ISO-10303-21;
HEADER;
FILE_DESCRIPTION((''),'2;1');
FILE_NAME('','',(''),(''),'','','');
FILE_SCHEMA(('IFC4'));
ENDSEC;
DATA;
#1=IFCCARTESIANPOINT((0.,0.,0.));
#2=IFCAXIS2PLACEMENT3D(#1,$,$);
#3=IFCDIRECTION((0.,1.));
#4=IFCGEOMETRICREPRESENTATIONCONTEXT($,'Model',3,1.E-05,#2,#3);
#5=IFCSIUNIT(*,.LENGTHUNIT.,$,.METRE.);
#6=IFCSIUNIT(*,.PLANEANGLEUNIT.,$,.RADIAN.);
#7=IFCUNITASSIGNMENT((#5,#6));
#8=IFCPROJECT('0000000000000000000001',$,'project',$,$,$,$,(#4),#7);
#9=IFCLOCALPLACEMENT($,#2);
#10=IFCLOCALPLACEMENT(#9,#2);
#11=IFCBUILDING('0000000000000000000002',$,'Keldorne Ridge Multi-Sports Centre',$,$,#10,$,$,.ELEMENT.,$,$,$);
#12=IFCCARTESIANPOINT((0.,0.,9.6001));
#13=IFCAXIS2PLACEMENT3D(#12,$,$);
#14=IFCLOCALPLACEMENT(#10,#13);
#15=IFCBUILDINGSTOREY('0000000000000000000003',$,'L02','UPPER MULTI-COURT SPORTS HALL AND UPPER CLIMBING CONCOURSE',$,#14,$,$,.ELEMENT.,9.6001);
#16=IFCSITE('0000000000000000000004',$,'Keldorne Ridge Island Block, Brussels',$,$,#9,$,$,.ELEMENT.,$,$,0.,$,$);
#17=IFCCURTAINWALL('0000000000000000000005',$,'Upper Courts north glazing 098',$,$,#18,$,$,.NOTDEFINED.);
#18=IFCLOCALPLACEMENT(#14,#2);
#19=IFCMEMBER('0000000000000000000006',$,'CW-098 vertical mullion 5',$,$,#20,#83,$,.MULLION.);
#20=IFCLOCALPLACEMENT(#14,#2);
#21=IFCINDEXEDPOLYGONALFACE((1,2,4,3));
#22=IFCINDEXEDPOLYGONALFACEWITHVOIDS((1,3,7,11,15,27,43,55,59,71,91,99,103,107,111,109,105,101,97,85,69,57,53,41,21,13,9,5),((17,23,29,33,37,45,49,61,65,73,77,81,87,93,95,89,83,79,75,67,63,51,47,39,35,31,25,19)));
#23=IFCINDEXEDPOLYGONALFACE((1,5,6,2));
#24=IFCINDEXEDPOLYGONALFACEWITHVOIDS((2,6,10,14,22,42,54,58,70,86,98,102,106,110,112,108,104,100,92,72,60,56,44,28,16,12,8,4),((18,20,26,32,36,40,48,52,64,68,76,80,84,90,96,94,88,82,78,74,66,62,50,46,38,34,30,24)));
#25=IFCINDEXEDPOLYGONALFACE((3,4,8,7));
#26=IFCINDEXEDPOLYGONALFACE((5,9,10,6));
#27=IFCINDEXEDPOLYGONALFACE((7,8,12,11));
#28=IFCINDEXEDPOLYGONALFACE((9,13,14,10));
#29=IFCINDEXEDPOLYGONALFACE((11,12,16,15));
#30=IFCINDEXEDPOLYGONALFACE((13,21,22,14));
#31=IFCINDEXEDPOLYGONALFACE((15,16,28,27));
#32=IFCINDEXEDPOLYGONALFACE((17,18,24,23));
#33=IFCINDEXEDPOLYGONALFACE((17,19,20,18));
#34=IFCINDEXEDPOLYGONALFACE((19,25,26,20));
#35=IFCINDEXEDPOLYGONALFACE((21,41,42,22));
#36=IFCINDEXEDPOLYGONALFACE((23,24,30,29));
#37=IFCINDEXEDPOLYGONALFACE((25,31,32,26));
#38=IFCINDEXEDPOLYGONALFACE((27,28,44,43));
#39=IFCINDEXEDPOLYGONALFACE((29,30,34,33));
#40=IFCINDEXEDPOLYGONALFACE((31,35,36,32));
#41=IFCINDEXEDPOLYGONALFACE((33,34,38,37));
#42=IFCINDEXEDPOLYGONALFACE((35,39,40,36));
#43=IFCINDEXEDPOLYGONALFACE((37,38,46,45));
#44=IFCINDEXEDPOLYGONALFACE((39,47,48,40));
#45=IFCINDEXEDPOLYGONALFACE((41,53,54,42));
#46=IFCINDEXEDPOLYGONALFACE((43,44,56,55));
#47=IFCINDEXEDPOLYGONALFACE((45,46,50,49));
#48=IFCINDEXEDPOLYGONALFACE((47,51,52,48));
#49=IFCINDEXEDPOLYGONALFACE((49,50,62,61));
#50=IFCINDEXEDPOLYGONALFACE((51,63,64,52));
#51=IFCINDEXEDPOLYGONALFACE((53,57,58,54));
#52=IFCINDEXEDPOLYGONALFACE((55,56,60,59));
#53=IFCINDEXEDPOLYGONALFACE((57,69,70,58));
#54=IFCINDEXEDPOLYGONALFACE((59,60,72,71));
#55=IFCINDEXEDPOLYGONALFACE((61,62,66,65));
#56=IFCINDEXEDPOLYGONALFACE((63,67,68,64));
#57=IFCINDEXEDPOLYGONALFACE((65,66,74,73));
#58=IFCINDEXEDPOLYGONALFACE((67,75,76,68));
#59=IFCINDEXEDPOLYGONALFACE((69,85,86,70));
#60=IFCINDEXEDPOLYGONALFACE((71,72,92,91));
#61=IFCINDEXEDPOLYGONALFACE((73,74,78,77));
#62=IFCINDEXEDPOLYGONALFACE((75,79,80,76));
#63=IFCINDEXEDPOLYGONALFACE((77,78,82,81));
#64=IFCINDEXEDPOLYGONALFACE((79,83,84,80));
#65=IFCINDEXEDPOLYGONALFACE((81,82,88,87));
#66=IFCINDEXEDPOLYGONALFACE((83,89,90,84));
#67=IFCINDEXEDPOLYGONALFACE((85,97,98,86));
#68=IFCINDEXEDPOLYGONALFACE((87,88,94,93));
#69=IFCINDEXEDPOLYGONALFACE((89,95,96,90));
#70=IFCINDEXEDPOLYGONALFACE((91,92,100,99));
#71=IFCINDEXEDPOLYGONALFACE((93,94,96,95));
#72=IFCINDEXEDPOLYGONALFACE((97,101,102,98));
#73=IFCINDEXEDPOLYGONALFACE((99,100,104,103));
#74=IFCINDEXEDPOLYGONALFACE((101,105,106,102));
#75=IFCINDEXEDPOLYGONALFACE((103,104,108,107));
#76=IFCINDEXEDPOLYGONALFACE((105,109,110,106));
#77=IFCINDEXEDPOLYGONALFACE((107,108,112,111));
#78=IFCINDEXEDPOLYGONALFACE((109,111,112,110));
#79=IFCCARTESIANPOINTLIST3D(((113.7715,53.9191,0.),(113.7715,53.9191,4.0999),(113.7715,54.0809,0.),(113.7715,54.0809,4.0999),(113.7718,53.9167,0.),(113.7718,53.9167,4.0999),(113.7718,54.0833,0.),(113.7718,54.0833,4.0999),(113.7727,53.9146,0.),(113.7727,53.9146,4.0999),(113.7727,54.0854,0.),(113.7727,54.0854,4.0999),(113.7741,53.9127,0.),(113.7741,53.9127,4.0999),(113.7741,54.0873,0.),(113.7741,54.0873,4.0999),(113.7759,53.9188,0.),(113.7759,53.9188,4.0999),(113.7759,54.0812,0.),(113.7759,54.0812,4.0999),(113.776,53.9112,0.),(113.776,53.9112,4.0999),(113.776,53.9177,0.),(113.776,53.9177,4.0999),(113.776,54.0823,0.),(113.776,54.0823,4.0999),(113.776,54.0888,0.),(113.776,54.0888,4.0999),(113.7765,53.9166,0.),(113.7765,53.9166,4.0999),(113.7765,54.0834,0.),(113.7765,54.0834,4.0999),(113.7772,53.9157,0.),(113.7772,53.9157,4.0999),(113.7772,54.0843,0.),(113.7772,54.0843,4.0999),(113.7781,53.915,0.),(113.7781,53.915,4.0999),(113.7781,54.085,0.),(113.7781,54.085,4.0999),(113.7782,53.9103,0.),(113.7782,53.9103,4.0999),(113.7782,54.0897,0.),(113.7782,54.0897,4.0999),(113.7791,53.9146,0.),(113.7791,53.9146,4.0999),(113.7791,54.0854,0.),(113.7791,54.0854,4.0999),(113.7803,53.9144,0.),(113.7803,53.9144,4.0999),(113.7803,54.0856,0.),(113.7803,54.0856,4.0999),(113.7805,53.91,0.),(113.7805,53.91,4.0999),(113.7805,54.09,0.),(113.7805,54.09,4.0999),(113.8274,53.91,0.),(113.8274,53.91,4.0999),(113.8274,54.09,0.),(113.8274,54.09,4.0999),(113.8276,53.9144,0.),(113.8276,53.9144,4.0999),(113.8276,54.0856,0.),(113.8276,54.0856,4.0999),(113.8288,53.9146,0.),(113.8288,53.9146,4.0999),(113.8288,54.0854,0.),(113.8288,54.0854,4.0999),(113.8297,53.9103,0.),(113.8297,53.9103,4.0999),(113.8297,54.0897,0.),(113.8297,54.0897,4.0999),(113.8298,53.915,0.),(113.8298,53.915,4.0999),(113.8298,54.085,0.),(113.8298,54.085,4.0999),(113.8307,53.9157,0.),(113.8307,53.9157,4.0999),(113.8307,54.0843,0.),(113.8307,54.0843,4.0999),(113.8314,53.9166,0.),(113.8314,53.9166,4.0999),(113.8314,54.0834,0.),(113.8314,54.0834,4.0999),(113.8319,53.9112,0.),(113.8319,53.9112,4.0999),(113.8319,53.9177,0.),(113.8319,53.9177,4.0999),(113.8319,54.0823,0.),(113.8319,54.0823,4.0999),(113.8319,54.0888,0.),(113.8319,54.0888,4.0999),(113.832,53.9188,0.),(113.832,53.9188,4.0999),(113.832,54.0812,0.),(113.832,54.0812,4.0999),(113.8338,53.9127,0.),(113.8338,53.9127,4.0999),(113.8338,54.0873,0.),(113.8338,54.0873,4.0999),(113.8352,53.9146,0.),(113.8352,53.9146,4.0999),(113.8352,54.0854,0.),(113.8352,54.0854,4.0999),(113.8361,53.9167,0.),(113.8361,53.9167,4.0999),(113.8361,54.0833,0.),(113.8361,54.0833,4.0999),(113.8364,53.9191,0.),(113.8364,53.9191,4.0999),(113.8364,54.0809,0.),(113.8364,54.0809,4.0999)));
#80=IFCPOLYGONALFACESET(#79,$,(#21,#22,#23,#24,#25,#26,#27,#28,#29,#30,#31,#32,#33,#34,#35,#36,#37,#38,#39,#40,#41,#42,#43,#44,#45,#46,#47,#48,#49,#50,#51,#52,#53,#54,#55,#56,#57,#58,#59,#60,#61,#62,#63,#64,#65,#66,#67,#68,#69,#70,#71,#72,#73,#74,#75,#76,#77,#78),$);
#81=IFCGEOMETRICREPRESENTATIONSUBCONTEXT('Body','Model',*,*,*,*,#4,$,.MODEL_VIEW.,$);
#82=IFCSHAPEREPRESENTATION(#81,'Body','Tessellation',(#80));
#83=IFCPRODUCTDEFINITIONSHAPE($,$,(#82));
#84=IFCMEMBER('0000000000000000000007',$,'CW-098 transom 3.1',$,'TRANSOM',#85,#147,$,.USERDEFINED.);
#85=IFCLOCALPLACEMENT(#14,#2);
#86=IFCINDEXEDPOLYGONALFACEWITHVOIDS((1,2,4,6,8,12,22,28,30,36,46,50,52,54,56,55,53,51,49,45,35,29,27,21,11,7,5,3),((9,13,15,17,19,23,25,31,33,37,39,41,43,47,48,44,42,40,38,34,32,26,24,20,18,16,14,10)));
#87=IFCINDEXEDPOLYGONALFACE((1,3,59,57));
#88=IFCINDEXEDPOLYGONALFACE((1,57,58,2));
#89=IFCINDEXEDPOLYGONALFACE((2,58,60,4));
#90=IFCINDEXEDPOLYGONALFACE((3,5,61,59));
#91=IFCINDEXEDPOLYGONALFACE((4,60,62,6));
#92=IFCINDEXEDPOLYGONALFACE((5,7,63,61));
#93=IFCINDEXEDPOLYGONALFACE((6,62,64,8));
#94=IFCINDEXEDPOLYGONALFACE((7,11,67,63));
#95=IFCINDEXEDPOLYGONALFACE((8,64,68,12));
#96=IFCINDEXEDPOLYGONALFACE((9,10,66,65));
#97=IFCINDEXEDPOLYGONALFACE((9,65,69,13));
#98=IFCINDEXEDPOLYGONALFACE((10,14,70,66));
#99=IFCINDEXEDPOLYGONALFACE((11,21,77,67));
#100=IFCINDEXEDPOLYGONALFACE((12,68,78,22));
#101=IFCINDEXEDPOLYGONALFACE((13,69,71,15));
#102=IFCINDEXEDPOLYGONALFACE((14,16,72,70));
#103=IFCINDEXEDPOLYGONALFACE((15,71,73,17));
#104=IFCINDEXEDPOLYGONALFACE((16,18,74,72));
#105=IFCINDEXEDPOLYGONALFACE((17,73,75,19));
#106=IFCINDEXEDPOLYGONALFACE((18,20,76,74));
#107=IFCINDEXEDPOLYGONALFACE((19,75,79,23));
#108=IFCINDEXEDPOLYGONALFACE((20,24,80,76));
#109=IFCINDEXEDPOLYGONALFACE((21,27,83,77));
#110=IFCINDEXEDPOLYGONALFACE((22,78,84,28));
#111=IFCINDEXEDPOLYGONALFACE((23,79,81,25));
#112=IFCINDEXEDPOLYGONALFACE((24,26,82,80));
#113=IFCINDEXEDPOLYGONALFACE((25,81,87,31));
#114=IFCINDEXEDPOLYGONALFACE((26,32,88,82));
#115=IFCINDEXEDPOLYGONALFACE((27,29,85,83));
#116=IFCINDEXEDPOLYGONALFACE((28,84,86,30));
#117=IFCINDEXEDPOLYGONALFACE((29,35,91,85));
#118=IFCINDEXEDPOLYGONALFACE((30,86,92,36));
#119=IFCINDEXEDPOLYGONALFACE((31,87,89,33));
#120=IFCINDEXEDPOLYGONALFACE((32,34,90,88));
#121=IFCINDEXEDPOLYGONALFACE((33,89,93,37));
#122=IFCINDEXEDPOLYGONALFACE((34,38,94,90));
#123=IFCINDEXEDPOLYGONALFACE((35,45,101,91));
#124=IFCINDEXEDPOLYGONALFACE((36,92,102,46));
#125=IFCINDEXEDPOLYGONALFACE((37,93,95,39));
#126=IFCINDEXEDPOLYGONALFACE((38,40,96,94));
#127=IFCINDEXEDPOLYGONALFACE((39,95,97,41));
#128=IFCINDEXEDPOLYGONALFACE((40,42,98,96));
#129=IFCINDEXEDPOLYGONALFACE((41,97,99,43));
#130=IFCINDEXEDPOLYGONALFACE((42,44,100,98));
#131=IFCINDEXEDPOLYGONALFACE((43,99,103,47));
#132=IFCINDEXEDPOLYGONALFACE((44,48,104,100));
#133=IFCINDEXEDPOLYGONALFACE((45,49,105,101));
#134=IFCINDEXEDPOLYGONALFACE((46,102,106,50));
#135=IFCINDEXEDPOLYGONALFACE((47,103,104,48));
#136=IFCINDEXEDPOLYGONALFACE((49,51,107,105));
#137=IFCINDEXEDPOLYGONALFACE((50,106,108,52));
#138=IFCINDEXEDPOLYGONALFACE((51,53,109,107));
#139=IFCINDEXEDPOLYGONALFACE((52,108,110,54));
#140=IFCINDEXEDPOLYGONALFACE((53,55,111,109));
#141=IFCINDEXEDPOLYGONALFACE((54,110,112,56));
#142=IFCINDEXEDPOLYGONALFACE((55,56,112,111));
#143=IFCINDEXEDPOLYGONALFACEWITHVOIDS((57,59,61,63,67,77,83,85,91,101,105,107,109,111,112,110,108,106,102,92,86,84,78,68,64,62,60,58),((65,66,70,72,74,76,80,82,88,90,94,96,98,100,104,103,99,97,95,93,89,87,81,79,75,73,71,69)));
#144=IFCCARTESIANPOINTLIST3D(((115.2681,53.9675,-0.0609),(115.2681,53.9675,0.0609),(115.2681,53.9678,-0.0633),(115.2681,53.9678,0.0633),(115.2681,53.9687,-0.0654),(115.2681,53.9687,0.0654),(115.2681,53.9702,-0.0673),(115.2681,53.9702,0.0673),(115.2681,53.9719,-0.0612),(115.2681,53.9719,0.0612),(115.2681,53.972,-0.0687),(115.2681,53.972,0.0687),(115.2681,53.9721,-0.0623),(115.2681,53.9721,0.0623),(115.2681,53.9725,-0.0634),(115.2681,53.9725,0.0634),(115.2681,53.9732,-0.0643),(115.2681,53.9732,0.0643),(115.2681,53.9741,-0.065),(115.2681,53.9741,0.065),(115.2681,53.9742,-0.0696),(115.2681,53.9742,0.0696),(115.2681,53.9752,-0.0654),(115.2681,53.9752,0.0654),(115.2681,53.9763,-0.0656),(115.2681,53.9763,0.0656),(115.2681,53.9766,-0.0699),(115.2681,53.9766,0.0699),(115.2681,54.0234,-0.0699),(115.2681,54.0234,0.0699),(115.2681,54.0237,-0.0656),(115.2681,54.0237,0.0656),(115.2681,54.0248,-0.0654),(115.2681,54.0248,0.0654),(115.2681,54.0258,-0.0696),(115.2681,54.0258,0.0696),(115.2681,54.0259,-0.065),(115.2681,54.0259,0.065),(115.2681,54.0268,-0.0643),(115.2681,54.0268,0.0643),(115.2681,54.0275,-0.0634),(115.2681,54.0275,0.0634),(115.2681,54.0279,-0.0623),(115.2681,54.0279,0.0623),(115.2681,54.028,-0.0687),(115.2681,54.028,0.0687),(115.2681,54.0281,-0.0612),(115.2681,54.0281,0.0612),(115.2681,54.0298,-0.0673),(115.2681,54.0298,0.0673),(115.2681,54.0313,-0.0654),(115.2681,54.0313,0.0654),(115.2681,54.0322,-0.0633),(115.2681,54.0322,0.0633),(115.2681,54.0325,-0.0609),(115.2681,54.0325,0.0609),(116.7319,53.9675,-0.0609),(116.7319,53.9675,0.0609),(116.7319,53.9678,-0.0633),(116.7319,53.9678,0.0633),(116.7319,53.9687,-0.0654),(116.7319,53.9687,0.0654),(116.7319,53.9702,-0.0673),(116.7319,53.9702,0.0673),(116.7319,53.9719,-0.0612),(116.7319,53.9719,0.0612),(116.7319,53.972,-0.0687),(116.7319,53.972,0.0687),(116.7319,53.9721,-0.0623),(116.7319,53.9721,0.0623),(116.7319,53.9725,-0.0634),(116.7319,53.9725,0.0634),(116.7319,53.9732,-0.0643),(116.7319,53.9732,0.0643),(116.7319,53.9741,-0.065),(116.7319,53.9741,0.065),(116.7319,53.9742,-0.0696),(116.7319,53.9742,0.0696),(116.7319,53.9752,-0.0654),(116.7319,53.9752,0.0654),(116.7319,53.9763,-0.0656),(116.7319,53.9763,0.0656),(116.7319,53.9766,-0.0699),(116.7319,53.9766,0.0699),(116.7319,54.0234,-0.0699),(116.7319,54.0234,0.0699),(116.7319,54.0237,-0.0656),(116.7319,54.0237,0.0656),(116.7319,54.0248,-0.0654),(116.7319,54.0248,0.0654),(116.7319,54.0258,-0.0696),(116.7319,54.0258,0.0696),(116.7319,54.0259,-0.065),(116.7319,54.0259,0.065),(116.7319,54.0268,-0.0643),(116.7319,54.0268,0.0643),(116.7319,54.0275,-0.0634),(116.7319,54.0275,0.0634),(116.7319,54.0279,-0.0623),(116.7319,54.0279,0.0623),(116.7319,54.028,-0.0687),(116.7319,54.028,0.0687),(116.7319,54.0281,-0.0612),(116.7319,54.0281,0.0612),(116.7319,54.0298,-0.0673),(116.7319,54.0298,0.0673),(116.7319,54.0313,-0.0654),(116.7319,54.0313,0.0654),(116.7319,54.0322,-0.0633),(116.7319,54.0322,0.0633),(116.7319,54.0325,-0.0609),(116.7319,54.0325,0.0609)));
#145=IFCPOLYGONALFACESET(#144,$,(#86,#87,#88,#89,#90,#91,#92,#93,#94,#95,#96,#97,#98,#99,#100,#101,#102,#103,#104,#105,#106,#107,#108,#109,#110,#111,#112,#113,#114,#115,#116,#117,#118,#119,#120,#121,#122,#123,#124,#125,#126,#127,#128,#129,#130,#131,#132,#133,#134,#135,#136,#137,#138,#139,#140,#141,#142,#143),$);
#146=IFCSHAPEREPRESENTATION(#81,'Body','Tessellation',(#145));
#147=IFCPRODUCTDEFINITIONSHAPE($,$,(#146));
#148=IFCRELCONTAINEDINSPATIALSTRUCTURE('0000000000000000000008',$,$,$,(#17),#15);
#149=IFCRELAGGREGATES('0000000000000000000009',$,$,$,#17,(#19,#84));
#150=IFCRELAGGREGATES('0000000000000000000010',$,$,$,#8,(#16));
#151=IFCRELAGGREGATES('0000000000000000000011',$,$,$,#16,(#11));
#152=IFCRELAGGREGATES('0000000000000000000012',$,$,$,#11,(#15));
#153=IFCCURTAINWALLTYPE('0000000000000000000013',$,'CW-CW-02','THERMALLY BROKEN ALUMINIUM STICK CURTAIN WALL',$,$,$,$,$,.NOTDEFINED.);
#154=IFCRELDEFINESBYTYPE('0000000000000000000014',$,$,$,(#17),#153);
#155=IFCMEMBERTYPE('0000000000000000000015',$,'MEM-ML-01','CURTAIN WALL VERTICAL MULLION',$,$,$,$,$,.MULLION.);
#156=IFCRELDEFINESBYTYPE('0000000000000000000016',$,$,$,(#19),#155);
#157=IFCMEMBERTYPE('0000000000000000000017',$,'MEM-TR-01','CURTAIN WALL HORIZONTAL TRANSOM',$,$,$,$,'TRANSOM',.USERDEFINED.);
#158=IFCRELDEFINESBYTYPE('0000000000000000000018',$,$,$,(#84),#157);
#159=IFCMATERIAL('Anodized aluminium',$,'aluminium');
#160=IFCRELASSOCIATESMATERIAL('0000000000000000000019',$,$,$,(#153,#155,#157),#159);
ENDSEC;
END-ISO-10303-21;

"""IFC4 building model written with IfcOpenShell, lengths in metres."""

from ifc_helpers import new_model, si_unit, direction, frame, origin, origin_2d, place, context, subcontext, project, spatial, hollow_rectangle, extrude, material, material_profile, profile_set, type_object, element, aggregate, save


model = new_model("IFC4")

# Units and contexts
model_context = context("Model", 3, precision=1e-05, world=origin(), true_north=direction((0.0, 1.0)))
body_context = subcontext(model_context, "Body", "Model", "MODEL_VIEW")
ifc_project = project(units=[si_unit("LENGTHUNIT", "METRE"), si_unit("PLANEANGLEUNIT", "RADIAN")], contexts=[model_context])

# Site, building, storey
site_placement = place(None, origin())
site = spatial("IfcSite", under=ifc_project, at=site_placement, Name="Keldorne Ridge Island Block, Brussels", CompositionType="ELEMENT", RefElevation=0.0)
building_placement = place(site_placement, origin())
building = spatial("IfcBuilding", under=site, at=building_placement, Name="Keldorne Ridge Multi-Sports Centre", CompositionType="ELEMENT")
storey_placement = place(building_placement, frame((0.0, 0.0, 9.6001)))
storey = spatial("IfcBuildingStorey", under=building, at=storey_placement, Name="L02", Description="UPPER MULTI-COURT SPORTS HALL AND UPPER CLIMBING CONCOURSE", CompositionType="ELEMENT", Elevation=9.6001)

# Curtain wall, members
ifc_material_1 = material(Name="Anodized aluminium", Category="aluminium")
curtain_wall_type = type_object("IfcCurtainWallType", Name="CW-CW-02", Description="THERMALLY BROKEN ALUMINIUM STICK CURTAIN WALL", PredefinedType="NOTDEFINED", material=ifc_material_1)
curtain_wall_placement = place(storey_placement, origin())
curtain_wall = element("IfcCurtainWall", 1, at=curtain_wall_placement, inside=storey, type_object=curtain_wall_type, Name="Upper Courts north glazing 098", PredefinedType="NOTDEFINED")
ifc_material_profile_1 = material_profile(ifc_material_1, hollow_rectangle(XDim=0.0649, YDim=0.1799, WallThickness=0.0044, InnerFilletRadius=0.0044, OuterFilletRadius=0.009, at=origin_2d()), Name="ALU MULLION 180x65x4.5")
ifc_profile_set_1 = profile_set([ifc_material_profile_1], Name="Anodized aluminium")
member_type_1 = type_object("IfcMemberType", Name="MEM-ML-01", Description="CURTAIN WALL VERTICAL MULLION", PredefinedType="MULLION", material=ifc_profile_set_1)
member_1_placement = place(storey_placement, frame((113.804, 54.0, 0.0), z_axis=(0.0, 0.0, 1.0), x_axis=(1.0, 0.0, 0.0)))
member_1 = element("IfcMember", 2, at=member_1_placement, type_object=member_type_1, Name="CW-098 vertical mullion 5", PredefinedType="MULLION", context=body_context, shape_type="SweptSolid", body=[
    extrude(hollow_rectangle(XDim=0.0649, YDim=0.1799, WallThickness=0.0044, InnerFilletRadius=0.0044, OuterFilletRadius=0.009, at=origin_2d()), origin(), (0.0, 0.0, 1.0), 4.0999),
])
ifc_material_profile_2 = material_profile(ifc_material_1, hollow_rectangle(XDim=0.0649, YDim=0.1399, WallThickness=0.0044, InnerFilletRadius=0.0044, OuterFilletRadius=0.009, at=origin_2d()), Name="ALU TRANSOM 140x65x4.5")
ifc_profile_set_2 = profile_set([ifc_material_profile_2], Name="Anodized aluminium")
member_type_2 = type_object("IfcMemberType", Name="MEM-TR-01", Description="CURTAIN WALL HORIZONTAL TRANSOM", ElementType="TRANSOM", PredefinedType="USERDEFINED", material=ifc_profile_set_2)
member_2_placement = place(storey_placement, frame((116.7319, 54.0, 0.0), z_axis=(-1.0, 0.0, 0.0), x_axis=(0.0, -1.0, 0.0)))
member_2 = element("IfcMember", 3, at=member_2_placement, type_object=member_type_2, Name="CW-098 transom 3.1", ObjectType="TRANSOM", PredefinedType="USERDEFINED", context=body_context, shape_type="SweptSolid", body=[
    extrude(hollow_rectangle(XDim=0.0649, YDim=0.1399, WallThickness=0.0044, InnerFilletRadius=0.0044, OuterFilletRadius=0.009, at=origin_2d()), origin(), (0.0, 0.0, 1.0), 1.4639),
])
aggregate(curtain_wall, [member_1, member_2])

save(model, "model.ifc")
